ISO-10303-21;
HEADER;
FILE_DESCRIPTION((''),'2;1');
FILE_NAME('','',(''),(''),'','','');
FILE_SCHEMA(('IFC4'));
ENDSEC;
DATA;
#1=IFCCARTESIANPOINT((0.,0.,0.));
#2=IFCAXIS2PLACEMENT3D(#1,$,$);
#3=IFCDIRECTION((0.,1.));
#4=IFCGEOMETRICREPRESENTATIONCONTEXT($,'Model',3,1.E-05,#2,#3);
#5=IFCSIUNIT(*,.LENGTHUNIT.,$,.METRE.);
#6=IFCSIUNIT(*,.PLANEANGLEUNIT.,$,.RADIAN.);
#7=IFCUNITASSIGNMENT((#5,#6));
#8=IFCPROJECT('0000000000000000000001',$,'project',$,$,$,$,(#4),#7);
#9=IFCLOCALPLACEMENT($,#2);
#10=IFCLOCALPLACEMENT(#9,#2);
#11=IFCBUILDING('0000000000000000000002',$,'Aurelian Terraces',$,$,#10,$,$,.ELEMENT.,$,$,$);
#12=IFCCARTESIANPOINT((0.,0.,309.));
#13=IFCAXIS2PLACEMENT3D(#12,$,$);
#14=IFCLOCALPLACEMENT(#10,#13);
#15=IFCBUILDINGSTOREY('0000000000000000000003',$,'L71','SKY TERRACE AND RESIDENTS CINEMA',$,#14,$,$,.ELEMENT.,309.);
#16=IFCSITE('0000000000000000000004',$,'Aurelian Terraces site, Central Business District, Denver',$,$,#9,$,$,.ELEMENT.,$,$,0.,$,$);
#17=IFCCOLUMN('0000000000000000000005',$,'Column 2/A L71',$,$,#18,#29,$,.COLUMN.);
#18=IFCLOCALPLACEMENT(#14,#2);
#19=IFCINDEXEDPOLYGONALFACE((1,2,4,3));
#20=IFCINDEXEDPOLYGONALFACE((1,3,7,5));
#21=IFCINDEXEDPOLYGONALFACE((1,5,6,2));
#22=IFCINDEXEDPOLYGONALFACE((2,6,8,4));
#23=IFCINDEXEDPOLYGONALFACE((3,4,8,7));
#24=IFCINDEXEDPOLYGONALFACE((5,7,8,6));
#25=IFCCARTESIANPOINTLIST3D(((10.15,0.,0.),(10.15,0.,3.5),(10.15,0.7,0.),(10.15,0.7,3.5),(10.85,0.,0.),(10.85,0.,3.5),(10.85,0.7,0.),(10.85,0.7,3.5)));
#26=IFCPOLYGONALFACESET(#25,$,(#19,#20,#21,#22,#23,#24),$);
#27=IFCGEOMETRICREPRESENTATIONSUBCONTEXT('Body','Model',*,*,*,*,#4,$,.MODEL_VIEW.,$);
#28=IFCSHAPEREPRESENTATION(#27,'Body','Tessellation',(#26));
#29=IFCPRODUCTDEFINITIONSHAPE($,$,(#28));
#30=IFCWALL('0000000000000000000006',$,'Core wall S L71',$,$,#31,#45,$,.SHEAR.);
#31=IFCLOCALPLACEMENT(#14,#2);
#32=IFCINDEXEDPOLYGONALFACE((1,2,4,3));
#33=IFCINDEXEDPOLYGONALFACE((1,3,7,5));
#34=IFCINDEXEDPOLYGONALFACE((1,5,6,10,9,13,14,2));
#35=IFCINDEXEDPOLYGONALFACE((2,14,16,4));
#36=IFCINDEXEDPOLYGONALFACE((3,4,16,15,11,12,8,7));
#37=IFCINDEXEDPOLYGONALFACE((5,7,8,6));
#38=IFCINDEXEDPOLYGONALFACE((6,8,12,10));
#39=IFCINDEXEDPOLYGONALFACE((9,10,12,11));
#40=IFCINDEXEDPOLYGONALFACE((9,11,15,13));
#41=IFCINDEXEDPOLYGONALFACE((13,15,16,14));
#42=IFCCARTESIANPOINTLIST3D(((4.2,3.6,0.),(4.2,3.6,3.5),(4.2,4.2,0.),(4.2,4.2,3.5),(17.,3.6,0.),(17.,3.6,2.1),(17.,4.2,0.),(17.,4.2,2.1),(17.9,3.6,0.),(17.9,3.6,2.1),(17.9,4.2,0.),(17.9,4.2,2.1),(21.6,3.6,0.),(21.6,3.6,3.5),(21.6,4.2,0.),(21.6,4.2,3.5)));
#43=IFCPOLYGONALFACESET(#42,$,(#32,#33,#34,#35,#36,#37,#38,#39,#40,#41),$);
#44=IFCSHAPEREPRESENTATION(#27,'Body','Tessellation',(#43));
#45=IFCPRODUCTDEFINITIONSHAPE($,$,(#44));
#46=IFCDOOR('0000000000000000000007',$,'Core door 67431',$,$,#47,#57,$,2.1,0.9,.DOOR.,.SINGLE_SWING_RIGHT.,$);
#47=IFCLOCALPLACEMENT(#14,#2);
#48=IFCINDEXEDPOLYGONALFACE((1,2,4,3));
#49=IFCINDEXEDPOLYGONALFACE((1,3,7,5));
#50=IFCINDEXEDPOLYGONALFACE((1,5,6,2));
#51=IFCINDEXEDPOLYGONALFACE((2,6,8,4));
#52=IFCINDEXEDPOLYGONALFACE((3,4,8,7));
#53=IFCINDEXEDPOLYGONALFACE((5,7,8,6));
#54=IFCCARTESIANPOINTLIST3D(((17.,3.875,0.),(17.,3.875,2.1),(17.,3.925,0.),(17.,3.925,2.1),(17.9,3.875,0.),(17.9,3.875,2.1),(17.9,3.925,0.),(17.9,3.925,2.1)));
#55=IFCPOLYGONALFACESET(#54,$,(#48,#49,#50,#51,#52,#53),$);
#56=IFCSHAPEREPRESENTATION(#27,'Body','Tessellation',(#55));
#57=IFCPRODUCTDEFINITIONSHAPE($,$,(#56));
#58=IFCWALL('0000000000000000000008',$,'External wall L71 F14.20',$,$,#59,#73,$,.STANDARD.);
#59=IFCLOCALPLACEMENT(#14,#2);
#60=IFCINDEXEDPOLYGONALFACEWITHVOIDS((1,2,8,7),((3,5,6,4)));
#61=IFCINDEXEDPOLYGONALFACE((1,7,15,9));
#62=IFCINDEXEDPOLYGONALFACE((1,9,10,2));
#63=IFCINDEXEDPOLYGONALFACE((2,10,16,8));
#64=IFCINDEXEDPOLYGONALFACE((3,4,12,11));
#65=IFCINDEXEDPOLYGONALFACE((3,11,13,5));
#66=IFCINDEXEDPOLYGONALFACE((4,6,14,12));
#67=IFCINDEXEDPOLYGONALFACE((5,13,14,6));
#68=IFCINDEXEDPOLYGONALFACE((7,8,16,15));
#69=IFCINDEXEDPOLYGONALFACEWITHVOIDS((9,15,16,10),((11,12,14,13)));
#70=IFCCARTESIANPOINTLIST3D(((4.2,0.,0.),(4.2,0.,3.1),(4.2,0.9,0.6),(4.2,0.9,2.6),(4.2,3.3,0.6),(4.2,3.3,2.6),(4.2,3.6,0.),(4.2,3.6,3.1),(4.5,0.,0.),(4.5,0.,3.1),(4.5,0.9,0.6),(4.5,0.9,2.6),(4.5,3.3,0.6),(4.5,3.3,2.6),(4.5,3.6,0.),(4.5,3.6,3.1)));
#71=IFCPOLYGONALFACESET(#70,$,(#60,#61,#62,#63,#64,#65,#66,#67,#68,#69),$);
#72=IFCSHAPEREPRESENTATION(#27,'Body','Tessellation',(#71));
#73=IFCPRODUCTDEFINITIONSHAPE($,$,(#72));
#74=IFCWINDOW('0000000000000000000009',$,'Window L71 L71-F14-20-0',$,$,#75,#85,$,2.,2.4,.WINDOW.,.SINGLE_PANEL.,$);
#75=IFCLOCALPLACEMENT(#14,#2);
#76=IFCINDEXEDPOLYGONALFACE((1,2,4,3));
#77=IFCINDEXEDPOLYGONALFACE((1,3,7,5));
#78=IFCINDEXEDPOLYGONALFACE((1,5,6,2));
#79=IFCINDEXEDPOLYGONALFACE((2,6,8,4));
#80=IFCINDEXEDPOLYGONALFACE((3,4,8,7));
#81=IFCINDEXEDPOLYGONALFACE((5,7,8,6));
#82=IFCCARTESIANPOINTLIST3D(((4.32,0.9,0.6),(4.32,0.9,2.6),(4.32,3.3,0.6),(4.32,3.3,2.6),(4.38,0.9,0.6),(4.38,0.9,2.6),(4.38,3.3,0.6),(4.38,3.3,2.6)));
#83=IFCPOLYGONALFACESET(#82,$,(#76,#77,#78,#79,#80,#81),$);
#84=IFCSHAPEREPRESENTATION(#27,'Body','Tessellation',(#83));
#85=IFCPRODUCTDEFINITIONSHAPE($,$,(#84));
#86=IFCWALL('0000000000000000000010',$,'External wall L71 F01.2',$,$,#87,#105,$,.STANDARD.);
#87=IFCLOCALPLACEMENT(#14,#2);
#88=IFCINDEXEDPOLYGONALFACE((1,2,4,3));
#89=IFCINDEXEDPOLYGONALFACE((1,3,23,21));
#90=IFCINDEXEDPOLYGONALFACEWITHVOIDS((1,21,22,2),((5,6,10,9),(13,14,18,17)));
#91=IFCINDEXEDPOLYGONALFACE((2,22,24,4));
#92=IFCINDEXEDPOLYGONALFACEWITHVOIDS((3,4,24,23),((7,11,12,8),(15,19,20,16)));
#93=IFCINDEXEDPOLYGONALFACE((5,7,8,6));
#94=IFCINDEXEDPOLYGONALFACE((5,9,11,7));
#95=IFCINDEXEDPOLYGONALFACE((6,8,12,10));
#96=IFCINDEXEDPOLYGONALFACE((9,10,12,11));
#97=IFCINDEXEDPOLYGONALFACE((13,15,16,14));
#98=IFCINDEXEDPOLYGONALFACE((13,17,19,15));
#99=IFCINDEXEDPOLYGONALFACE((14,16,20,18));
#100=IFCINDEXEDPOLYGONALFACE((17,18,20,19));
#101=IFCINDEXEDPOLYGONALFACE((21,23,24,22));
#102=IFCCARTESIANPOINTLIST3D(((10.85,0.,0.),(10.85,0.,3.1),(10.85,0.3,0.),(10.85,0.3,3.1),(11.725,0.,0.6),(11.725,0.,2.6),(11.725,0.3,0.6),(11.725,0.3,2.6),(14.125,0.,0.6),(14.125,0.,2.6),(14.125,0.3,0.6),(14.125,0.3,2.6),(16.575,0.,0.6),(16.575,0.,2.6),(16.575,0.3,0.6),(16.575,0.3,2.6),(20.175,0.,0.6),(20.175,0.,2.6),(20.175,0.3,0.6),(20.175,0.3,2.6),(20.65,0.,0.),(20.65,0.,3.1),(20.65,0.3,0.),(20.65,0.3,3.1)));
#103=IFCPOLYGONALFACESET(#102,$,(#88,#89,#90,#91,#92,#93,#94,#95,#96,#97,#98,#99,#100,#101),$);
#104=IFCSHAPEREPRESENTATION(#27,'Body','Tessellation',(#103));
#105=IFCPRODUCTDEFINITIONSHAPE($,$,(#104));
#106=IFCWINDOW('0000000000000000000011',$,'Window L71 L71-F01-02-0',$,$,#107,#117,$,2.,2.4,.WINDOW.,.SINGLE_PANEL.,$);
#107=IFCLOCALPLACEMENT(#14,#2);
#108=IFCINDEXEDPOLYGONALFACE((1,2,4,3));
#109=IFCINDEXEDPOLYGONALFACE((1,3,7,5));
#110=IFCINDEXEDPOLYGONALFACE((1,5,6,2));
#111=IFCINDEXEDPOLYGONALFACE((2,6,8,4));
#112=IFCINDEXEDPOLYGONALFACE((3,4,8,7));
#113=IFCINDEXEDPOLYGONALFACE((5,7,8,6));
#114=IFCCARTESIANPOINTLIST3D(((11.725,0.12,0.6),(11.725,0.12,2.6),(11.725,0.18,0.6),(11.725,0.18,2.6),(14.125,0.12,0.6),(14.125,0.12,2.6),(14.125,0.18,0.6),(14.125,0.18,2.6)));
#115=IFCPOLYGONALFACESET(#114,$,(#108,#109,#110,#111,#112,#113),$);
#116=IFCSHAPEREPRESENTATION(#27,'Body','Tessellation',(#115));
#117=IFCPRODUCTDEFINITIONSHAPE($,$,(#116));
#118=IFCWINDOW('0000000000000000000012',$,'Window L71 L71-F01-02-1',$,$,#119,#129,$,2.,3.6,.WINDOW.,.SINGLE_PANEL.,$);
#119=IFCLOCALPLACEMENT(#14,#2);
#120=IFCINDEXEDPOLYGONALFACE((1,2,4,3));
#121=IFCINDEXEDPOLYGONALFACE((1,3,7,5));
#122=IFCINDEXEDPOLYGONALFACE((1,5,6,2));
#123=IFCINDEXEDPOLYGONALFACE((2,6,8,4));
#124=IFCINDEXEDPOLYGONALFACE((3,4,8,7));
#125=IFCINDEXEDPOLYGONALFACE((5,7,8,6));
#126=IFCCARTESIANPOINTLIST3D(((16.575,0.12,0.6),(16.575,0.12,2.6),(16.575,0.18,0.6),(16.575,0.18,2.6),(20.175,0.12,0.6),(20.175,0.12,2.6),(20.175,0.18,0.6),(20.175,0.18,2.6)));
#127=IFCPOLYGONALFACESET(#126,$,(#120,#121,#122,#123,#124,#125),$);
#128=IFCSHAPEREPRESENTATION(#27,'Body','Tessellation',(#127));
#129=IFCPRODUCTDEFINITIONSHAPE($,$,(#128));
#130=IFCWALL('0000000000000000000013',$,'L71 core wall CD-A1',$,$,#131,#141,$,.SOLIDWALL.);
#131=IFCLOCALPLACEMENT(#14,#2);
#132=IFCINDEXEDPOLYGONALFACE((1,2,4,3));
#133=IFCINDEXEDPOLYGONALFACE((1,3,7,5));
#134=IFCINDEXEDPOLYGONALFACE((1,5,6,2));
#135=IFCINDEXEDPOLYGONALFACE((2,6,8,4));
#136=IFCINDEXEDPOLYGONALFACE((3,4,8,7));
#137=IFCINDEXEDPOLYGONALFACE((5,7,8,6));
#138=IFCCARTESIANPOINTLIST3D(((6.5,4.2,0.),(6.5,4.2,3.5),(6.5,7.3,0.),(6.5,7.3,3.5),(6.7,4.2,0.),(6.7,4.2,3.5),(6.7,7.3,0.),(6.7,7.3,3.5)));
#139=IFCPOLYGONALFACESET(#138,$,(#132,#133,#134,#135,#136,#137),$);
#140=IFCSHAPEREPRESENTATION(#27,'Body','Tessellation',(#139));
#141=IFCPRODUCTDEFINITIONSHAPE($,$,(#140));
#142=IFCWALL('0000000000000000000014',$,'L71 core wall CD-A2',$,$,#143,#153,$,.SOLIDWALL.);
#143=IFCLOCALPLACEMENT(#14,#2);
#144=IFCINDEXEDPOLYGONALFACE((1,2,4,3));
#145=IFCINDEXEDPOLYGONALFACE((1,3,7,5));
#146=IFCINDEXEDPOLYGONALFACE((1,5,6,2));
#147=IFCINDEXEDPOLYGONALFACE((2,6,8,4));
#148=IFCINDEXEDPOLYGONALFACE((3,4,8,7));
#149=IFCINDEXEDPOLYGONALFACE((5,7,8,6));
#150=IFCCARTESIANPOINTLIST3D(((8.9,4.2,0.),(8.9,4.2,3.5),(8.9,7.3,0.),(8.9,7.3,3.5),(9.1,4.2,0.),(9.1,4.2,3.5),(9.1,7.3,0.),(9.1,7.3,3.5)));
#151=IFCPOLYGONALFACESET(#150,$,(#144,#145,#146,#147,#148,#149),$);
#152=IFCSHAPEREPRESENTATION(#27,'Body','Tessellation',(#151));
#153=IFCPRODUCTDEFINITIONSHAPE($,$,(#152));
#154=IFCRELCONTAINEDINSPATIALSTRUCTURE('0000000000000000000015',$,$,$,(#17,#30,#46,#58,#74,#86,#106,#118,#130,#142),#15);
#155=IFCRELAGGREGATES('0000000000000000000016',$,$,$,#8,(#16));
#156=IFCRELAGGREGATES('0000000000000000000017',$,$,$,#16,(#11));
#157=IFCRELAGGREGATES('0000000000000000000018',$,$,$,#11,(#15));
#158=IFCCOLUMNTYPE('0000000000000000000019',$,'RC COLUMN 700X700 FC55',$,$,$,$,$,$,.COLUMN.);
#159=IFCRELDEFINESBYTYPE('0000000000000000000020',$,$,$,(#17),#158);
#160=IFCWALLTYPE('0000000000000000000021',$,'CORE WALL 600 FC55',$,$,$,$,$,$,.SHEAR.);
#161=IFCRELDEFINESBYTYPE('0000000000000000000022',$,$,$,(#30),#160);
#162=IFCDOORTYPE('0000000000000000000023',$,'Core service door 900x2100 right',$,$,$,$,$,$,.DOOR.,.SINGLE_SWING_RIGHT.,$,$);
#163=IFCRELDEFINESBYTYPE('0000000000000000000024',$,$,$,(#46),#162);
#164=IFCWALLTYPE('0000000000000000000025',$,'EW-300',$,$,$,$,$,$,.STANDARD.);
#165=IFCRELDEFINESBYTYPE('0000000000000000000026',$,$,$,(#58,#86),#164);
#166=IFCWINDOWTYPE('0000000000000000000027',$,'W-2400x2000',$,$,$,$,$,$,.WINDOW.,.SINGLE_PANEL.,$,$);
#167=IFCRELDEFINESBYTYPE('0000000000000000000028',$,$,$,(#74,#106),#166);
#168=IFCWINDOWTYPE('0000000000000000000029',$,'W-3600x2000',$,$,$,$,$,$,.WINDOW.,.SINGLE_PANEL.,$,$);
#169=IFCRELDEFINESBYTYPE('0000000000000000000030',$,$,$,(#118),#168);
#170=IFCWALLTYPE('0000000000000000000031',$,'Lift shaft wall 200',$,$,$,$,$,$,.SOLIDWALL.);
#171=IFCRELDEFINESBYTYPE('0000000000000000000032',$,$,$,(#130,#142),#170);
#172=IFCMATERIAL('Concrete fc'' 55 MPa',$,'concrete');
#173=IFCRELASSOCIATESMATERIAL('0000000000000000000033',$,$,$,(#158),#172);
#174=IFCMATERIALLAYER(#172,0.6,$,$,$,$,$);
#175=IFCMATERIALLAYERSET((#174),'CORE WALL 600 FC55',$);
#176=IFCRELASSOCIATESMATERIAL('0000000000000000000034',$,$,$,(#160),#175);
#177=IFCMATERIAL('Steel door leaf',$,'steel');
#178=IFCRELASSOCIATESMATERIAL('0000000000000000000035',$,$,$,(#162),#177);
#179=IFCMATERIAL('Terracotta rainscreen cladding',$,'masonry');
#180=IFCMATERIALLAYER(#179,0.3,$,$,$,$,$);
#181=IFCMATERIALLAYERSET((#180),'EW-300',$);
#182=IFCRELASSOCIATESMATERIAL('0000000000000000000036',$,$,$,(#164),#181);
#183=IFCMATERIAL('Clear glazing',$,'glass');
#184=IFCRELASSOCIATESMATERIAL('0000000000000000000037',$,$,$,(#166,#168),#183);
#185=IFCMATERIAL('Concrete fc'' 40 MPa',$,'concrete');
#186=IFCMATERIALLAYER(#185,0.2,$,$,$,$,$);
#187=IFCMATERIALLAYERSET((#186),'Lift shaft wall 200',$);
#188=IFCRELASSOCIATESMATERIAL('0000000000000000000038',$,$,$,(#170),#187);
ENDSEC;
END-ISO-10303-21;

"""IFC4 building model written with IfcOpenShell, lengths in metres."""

from ifc_helpers import new_model, si_unit, direction, frame, frame_2d, origin, origin_2d, place, context, subcontext, project, spatial, rectangle, extrude, source, transform, mapped, material, layer, layer_set, material_profile, profile_set, type_object, element, fill, save


model = new_model("IFC4")

# Units and contexts
model_context = context("Model", 3, precision=1e-05, world=origin(), true_north=direction((0.0, 1.0)))
body_context = subcontext(model_context, "Body", "Model", "MODEL_VIEW")
ifc_project = project(units=[si_unit("LENGTHUNIT", "METRE"), si_unit("PLANEANGLEUNIT", "RADIAN")], contexts=[model_context])

# Site, building, storey
site_placement = place(None, origin())
site = spatial("IfcSite", under=ifc_project, at=site_placement, Name="Aurelian Terraces site, Central Business District, Denver", CompositionType="ELEMENT", RefElevation=0.0)
building_placement = place(site_placement, origin())
building = spatial("IfcBuilding", under=site, at=building_placement, Name="Aurelian Terraces", CompositionType="ELEMENT")
storey_placement = place(building_placement, frame((0.0, 0.0, 309.0)))
storey = spatial("IfcBuildingStorey", under=building, at=storey_placement, Name="L71", Description="SKY TERRACE AND RESIDENTS CINEMA", CompositionType="ELEMENT", Elevation=309.0)

# Column
ifc_material_1 = material(Name="Concrete fc' 55 MPa", Category="concrete")
ifc_material_profile = material_profile(ifc_material_1, rectangle(XDim=0.7, YDim=0.7, at=origin_2d()))
ifc_profile_set = profile_set([ifc_material_profile], Name="Concrete fc' 55 MPa")
column_type = type_object("IfcColumnType", Name="RC COLUMN 700X700 FC55", PredefinedType="COLUMN", material=ifc_profile_set)
shared_shape_1 = source(origin(), body_context, "Body", "SweptSolid", [
    extrude(rectangle(XDim=0.7, YDim=0.7, at=origin_2d()), origin(), (0.0, 0.0, 1.0), 3.5),
])
column_placement = place(storey_placement, frame((10.5, 0.35, 0.0), z_axis=(0.0, 0.0, 1.0), x_axis=(1.0, 0.0, 0.0)))
element("IfcColumn", 1, at=column_placement, inside=storey, type_object=column_type, Name="Column 2/A L71", PredefinedType="COLUMN", context=body_context, shape_type="MappedRepresentation", body=[
    mapped(shared_shape_1, transform((0.0, 0.0, 0.0), scale=1.0)),
])

# Wall, opening, door
ifc_layer_1 = layer(ifc_material_1, 0.6)
ifc_layer_set_1 = layer_set([ifc_layer_1], Name="CORE WALL 600 FC55")
wall_type_1 = type_object("IfcWallType", Name="CORE WALL 600 FC55", PredefinedType="SHEAR", material=ifc_layer_set_1)
shared_shape_2 = source(origin(), body_context, "Body", "SweptSolid", [
    extrude(rectangle(XDim=17.4, YDim=0.6, at=frame_2d((8.7, 0.0))), origin(), (0.0, 0.0, 1.0), 3.5),
])
wall_1_placement = place(storey_placement, frame((4.2, 3.9, 0.0), z_axis=(0.0, 0.0, 1.0), x_axis=(1.0, 0.0, 0.0)))
wall_1 = element("IfcWall", 2, at=wall_1_placement, inside=storey, type_object=wall_type_1, Name="Core wall S L71", PredefinedType="SHEAR", context=body_context, shape_type="MappedRepresentation", body=[
    mapped(shared_shape_2, transform((0.0, 0.0, 0.0), scale=1.0)),
])
shared_shape_3 = source(origin(), body_context, "Body", "SweptSolid", [
    extrude(rectangle(XDim=0.9, YDim=2.1, at=frame_2d((0.45, 1.05))), frame((0.0, 0.31, 0.0), z_axis=(0.0, -1.0, 0.0), x_axis=(1.0, 0.0, 0.0)), (0.0, 0.0, 1.0), 0.62),
])
opening_1_placement = place(wall_1_placement, frame((12.8, 0.0, 0.0)))
opening_1 = element("IfcOpeningElement", 3, at=opening_1_placement, cuts=wall_1, PredefinedType="OPENING", context=body_context, shape_type="MappedRepresentation", body=[
    mapped(shared_shape_3, transform((0.0, 0.0, 0.0), scale=1.0)),
])
ifc_material_2 = material(Name="Steel door leaf", Category="steel")
door_type_1 = type_object("IfcDoorType", Name="Core service door 900x2100 right", OperationType="SINGLE_SWING_RIGHT", PredefinedType="DOOR", material=ifc_material_2)
shared_shape_4 = source(origin(), body_context, "Body", "SweptSolid", [
    extrude(rectangle(XDim=0.9, YDim=2.1, at=frame_2d((0.45, 1.05))), frame((0.0, 0.025, 0.0), z_axis=(0.0, -1.0, 0.0), x_axis=(1.0, 0.0, 0.0)), (0.0, 0.0, 1.0), 0.05),
])
door_1_placement = place(opening_1_placement, origin())
door_1 = element("IfcDoor", 4, at=door_1_placement, inside=storey, type_object=door_type_1, Name="Core door 67431", OperationType="SINGLE_SWING_RIGHT", OverallHeight=2.1, OverallWidth=0.9, PredefinedType="DOOR", context=body_context, shape_type="MappedRepresentation", body=[
    mapped(shared_shape_4, transform((0.0, 0.0, 0.0), scale=1.0)),
])
fill(opening_1, door_1)

# Wall, opening, window
ifc_material_3 = material(Name="Terracotta rainscreen cladding", Category="masonry")
ifc_layer_2 = layer(ifc_material_3, 0.3)
ifc_layer_set_2 = layer_set([ifc_layer_2], Name="EW-300")
wall_type_2 = type_object("IfcWallType", Name="EW-300", PredefinedType="STANDARD", material=ifc_layer_set_2)
shared_shape_5 = source(origin(), body_context, "Body", "SweptSolid", [
    extrude(rectangle(XDim=3.6, YDim=0.3, at=frame_2d((1.8, 0.0))), origin(), (0.0, 0.0, 1.0), 3.1),
])
wall_2_placement = place(storey_placement, frame((4.35, 3.6, 0.0), z_axis=(0.0, 0.0, 1.0), x_axis=(0.0, -1.0, 0.0)))
wall_2 = element("IfcWall", 5, at=wall_2_placement, inside=storey, type_object=wall_type_2, Name="External wall L71 F14.20", PredefinedType="STANDARD", context=body_context, shape_type="MappedRepresentation", body=[
    mapped(shared_shape_5, transform((0.0, 0.0, 0.0), scale=1.0)),
])
shared_shape_6 = source(origin(), body_context, "Body", "SweptSolid", [
    extrude(rectangle(XDim=2.4, YDim=2.0, at=frame_2d((1.2, 1.0))), frame((0.0, 0.16, 0.0), z_axis=(0.0, -1.0, 0.0), x_axis=(1.0, 0.0, 0.0)), (0.0, 0.0, 1.0), 0.32),
])
opening_2_placement = place(wall_2_placement, frame((0.3, 0.0, 0.6)))
opening_2 = element("IfcOpeningElement", 6, at=opening_2_placement, cuts=wall_2, PredefinedType="OPENING", context=body_context, shape_type="MappedRepresentation", body=[
    mapped(shared_shape_6, transform((0.0, 0.0, 0.0), scale=1.0)),
])
ifc_material_4 = material(Name="Clear glazing", Category="glass")
window_type_1 = type_object("IfcWindowType", Name="W-2400x2000", PartitioningType="SINGLE_PANEL", PredefinedType="WINDOW", material=ifc_material_4)
shared_shape_7 = source(origin(), body_context, "Body", "SweptSolid", [
    extrude(rectangle(XDim=2.4, YDim=2.0, at=frame_2d((1.2, 1.0))), frame((0.0, 0.03, 0.0), z_axis=(0.0, -1.0, 0.0), x_axis=(1.0, 0.0, 0.0)), (0.0, 0.0, 1.0), 0.06),
])
window_1_placement = place(opening_2_placement, origin())
window_1 = element("IfcWindow", 7, at=window_1_placement, inside=storey, type_object=window_type_1, Name="Window L71 L71-F14-20-0", OverallHeight=2.0, OverallWidth=2.4, PartitioningType="SINGLE_PANEL", PredefinedType="WINDOW", context=body_context, shape_type="MappedRepresentation", body=[
    mapped(shared_shape_7, transform((0.0, 0.0, 0.0), scale=1.0)),
])
fill(opening_2, window_1)

# Wall, openings, windows
shared_shape_8 = source(origin(), body_context, "Body", "SweptSolid", [
    extrude(rectangle(XDim=9.8, YDim=0.3, at=frame_2d((4.9, 0.0))), origin(), (0.0, 0.0, 1.0), 3.1),
])
wall_3_placement = place(storey_placement, frame((10.85, 0.15, 0.0), z_axis=(0.0, 0.0, 1.0), x_axis=(1.0, 0.0, 0.0)))
wall_3 = element("IfcWall", 8, at=wall_3_placement, inside=storey, type_object=wall_type_2, Name="External wall L71 F01.2", PredefinedType="STANDARD", context=body_context, shape_type="MappedRepresentation", body=[
    mapped(shared_shape_8, transform((0.0, 0.0, 0.0), scale=1.0)),
])
opening_3_placement = place(wall_3_placement, frame((0.875, 0.0, 0.6)))
opening_3 = element("IfcOpeningElement", 9, at=opening_3_placement, cuts=wall_3, PredefinedType="OPENING", context=body_context, shape_type="MappedRepresentation", body=[
    mapped(shared_shape_6, transform((0.0, 0.0, 0.0), scale=1.0)),
])
shared_shape_9 = source(origin(), body_context, "Body", "SweptSolid", [
    extrude(rectangle(XDim=3.6, YDim=2.0, at=frame_2d((1.8, 1.0))), frame((0.0, 0.16, 0.0), z_axis=(0.0, -1.0, 0.0), x_axis=(1.0, 0.0, 0.0)), (0.0, 0.0, 1.0), 0.32),
])
opening_4_placement = place(wall_3_placement, frame((5.725, 0.0, 0.6)))
opening_4 = element("IfcOpeningElement", 10, at=opening_4_placement, cuts=wall_3, PredefinedType="OPENING", context=body_context, shape_type="MappedRepresentation", body=[
    mapped(shared_shape_9, transform((0.0, 0.0, 0.0), scale=1.0)),
])
window_2_placement = place(opening_3_placement, origin())
window_2 = element("IfcWindow", 11, at=window_2_placement, inside=storey, type_object=window_type_1, Name="Window L71 L71-F01-02-0", OverallHeight=2.0, OverallWidth=2.4, PartitioningType="SINGLE_PANEL", PredefinedType="WINDOW", context=body_context, shape_type="MappedRepresentation", body=[
    mapped(shared_shape_7, transform((0.0, 0.0, 0.0), scale=1.0)),
])
fill(opening_3, window_2)
window_type_2 = type_object("IfcWindowType", Name="W-3600x2000", PartitioningType="SINGLE_PANEL", PredefinedType="WINDOW", material=ifc_material_4)
shared_shape_10 = source(origin(), body_context, "Body", "SweptSolid", [
    extrude(rectangle(XDim=3.6, YDim=2.0, at=frame_2d((1.8, 1.0))), frame((0.0, 0.03, 0.0), z_axis=(0.0, -1.0, 0.0), x_axis=(1.0, 0.0, 0.0)), (0.0, 0.0, 1.0), 0.06),
])
window_3_placement = place(opening_4_placement, origin())
window_3 = element("IfcWindow", 12, at=window_3_placement, inside=storey, type_object=window_type_2, Name="Window L71 L71-F01-02-1", OverallHeight=2.0, OverallWidth=3.6, PartitioningType="SINGLE_PANEL", PredefinedType="WINDOW", context=body_context, shape_type="MappedRepresentation", body=[
    mapped(shared_shape_10, transform((0.0, 0.0, 0.0), scale=1.0)),
])
fill(opening_4, window_3)

# Walls
ifc_material_5 = material(Name="Concrete fc' 40 MPa", Category="concrete")
ifc_layer_3 = layer(ifc_material_5, 0.2)
ifc_layer_set_3 = layer_set([ifc_layer_3], Name="Lift shaft wall 200")
wall_type_3 = type_object("IfcWallType", Name="Lift shaft wall 200", PredefinedType="SOLIDWALL", material=ifc_layer_set_3)
shared_shape_11 = source(origin(), body_context, "Body", "SweptSolid", [
    extrude(rectangle(XDim=3.1, YDim=0.2, at=frame_2d((1.55, 0.0))), origin(), (0.0, 0.0, 1.0), 3.5),
])
for number, where, z_axis, x_axis, name in (
    (13, (6.6, 4.2, 0.0), (0.0, 0.0, 1.0), (0.0, 1.0, 0.0), "L71 core wall CD-A1"),
    (14, (9.0, 4.2, 0.0), (0.0, 0.0, 1.0), (0.0, 1.0, 0.0), "L71 core wall CD-A2"),
):
    element("IfcWall", number, at=place(storey_placement, frame(where, z_axis=z_axis, x_axis=x_axis)), inside=storey, type_object=wall_type_3, Name=name, PredefinedType="SOLIDWALL", context=body_context, shape_type="MappedRepresentation", body=[
        mapped(shared_shape_11, transform((0.0, 0.0, 0.0), scale=1.0)),
    ])

save(model, "model.ifc")
